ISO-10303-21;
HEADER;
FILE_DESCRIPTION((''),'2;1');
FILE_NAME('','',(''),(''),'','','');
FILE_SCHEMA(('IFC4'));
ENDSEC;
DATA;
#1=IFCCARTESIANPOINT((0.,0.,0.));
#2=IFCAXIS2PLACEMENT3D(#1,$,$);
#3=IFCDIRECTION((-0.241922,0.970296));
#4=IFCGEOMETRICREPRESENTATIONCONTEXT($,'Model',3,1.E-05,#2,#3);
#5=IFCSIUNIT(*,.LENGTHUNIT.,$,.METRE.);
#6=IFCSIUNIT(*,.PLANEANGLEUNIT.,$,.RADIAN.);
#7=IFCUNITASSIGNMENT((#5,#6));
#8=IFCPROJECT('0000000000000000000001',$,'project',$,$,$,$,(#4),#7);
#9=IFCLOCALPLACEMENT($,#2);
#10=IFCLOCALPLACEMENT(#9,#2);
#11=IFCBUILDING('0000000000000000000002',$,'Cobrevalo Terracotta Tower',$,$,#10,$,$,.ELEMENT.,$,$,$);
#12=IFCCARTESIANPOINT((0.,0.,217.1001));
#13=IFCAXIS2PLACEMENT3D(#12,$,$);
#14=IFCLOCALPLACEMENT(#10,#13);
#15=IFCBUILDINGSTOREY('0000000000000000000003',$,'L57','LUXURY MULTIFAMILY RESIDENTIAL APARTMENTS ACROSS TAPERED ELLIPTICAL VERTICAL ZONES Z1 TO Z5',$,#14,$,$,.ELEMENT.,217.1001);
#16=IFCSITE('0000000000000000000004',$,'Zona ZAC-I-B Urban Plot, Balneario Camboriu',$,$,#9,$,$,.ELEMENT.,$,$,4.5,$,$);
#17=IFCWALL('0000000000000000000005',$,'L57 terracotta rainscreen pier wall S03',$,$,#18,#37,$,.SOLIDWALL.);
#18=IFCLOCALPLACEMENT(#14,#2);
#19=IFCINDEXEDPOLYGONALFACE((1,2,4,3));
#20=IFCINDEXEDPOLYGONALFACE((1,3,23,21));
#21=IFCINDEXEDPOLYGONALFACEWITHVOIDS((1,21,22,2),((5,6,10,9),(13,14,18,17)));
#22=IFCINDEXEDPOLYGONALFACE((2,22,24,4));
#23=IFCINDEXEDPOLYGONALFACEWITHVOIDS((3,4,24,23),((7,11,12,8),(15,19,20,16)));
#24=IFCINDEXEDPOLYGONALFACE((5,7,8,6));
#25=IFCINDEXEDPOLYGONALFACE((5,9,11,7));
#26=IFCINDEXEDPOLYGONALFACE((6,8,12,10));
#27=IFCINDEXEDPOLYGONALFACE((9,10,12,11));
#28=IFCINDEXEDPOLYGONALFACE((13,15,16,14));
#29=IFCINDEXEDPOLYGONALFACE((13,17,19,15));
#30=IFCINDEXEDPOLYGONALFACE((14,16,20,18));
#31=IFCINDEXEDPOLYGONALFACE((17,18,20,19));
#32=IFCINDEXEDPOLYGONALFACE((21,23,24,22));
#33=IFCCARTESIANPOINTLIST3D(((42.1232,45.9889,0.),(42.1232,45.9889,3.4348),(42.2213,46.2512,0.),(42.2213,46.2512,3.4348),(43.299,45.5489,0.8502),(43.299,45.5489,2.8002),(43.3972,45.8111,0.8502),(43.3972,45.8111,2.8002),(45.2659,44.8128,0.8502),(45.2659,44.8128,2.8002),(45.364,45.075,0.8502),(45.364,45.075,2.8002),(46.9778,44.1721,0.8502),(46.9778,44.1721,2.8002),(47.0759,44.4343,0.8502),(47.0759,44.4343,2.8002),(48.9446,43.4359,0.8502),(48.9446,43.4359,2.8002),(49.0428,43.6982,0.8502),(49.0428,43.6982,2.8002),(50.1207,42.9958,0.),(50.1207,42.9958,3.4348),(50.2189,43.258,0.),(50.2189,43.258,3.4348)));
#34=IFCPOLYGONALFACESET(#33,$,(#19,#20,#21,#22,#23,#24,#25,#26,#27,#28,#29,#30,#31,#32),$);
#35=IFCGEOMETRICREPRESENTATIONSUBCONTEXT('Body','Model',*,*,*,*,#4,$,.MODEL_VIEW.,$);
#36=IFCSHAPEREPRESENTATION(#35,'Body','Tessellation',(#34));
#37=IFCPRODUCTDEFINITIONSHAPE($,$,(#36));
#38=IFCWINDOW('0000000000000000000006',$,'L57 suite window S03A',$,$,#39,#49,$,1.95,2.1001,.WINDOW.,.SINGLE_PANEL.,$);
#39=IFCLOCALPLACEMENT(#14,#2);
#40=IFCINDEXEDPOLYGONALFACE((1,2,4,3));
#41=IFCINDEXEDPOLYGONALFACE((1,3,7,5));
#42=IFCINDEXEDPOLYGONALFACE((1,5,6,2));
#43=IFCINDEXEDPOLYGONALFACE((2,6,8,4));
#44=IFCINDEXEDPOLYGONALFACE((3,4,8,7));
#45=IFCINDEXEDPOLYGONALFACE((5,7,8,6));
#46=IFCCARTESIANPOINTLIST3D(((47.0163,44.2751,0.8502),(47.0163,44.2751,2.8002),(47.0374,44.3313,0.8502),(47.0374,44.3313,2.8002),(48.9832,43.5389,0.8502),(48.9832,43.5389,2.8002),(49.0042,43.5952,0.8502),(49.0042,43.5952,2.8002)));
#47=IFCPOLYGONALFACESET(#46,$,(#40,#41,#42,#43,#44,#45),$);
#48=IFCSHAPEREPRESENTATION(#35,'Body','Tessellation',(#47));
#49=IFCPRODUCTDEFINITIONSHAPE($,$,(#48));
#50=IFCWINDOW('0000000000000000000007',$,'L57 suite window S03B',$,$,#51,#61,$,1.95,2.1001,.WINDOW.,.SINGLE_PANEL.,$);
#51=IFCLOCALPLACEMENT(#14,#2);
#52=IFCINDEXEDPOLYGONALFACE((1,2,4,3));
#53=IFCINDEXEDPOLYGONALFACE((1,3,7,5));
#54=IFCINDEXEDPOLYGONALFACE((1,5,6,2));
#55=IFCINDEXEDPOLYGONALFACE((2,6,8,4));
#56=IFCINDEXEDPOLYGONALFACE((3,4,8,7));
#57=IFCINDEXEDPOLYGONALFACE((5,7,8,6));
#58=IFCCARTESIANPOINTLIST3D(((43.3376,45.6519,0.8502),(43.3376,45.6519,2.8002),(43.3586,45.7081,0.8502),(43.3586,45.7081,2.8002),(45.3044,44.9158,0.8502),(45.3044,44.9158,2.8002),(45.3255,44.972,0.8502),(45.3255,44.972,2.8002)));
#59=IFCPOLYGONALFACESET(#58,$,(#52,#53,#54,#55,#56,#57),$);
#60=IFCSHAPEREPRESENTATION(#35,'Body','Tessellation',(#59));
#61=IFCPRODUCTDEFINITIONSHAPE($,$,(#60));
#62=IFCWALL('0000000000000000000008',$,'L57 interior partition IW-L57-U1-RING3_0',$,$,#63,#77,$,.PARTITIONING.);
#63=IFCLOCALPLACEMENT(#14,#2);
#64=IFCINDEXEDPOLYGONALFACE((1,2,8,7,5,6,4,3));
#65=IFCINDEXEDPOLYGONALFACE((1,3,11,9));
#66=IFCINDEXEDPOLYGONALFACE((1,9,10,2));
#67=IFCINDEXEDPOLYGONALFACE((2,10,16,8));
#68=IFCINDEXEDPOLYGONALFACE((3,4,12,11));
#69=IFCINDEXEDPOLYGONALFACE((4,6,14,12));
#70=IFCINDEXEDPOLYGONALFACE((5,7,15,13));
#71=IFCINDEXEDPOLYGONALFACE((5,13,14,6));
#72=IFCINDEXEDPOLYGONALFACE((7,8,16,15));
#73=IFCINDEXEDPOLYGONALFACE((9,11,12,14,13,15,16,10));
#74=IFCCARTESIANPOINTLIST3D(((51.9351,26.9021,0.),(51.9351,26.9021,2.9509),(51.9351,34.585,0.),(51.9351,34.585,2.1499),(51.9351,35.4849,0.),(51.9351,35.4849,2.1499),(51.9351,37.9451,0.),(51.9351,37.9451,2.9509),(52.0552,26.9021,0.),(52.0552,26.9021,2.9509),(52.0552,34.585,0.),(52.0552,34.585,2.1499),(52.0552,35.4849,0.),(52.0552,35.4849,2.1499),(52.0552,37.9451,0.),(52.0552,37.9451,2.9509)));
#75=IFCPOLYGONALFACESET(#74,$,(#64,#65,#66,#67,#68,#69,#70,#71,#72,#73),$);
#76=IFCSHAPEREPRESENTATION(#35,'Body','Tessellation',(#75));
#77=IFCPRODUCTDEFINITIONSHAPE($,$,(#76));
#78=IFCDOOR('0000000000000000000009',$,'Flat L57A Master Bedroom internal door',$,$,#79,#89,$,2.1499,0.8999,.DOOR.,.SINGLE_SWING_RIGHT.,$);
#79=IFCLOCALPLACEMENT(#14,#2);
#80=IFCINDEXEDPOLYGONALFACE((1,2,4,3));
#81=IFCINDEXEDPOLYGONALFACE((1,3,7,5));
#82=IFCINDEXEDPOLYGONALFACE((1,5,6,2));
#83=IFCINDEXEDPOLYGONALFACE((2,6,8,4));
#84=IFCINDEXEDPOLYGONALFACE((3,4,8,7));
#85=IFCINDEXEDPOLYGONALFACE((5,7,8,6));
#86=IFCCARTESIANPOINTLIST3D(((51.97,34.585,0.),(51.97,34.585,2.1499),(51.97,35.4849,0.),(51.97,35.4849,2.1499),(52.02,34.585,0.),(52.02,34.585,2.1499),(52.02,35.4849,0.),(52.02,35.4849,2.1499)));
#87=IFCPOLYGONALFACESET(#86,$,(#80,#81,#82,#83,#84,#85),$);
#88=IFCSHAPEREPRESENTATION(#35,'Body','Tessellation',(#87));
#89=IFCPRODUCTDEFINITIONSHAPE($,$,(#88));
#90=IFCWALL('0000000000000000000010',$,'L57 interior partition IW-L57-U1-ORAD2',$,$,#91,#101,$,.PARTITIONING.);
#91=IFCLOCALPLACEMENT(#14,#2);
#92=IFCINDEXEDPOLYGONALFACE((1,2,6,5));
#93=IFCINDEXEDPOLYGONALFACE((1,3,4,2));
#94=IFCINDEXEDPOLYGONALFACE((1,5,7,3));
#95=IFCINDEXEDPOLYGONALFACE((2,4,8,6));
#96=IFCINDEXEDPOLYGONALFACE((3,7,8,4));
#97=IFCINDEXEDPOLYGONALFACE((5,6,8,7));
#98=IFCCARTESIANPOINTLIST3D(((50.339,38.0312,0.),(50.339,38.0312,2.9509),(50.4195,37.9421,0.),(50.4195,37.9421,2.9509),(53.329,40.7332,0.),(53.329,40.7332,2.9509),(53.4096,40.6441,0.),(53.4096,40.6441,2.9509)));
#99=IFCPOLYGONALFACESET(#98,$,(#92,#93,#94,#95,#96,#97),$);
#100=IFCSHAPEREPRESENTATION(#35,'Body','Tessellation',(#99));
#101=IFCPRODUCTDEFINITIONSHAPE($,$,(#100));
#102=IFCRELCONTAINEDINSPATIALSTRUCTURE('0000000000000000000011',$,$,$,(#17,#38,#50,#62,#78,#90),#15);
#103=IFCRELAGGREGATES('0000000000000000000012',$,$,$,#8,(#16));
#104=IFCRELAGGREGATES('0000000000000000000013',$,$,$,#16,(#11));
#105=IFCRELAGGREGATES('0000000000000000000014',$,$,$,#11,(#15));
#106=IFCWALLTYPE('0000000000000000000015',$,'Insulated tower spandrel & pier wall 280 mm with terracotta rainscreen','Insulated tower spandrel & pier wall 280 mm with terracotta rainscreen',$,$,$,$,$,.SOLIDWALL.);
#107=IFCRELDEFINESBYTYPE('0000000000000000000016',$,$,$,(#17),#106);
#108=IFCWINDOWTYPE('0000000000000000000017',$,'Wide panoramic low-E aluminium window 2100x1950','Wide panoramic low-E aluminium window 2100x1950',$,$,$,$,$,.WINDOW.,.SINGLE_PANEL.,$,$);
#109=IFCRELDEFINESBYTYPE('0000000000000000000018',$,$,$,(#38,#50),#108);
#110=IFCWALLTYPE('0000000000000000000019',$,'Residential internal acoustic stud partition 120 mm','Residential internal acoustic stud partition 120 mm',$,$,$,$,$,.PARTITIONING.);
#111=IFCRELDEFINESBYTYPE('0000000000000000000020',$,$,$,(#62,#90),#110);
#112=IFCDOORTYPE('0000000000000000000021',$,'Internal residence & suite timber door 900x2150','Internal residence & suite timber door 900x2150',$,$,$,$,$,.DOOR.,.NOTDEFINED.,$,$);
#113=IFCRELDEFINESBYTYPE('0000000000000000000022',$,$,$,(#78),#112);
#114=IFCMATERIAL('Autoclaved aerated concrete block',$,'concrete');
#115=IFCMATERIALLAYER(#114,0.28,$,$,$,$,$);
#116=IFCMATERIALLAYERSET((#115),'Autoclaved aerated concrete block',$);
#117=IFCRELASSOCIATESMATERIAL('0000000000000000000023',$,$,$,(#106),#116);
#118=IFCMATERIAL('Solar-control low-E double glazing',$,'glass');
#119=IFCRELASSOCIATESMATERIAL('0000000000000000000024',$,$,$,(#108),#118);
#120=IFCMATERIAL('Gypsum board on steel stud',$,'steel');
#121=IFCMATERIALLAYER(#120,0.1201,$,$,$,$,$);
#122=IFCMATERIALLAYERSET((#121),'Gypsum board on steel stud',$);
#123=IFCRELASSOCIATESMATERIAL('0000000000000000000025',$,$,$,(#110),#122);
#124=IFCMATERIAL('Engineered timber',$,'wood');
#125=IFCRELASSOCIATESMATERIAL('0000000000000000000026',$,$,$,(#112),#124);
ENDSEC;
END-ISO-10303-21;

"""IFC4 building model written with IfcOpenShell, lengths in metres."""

from ifc_helpers import new_model, si_unit, direction, frame, frame_2d, origin, place, context, subcontext, project, spatial, rectangle, extrude, source, transform, mapped, material, layer, layer_set, type_object, element, fill, save


model = new_model("IFC4")

# Units and contexts
model_context = context("Model", 3, precision=1e-05, world=origin(), true_north=direction((-0.241922, 0.970296)))
body_context = subcontext(model_context, "Body", "Model", "MODEL_VIEW")
ifc_project = project(units=[si_unit("LENGTHUNIT", "METRE"), si_unit("PLANEANGLEUNIT", "RADIAN")], contexts=[model_context])

# Site, building, storey
site_placement = place(None, origin())
site = spatial("IfcSite", under=ifc_project, at=site_placement, Name="Zona ZAC-I-B Urban Plot, Balneario Camboriu", CompositionType="ELEMENT", RefElevation=4.5)
building_placement = place(site_placement, origin())
building = spatial("IfcBuilding", under=site, at=building_placement, Name="Cobrevalo Terracotta Tower", CompositionType="ELEMENT")
storey_placement = place(building_placement, frame((0.0, 0.0, 217.1001)))
storey = spatial("IfcBuildingStorey", under=building, at=storey_placement, Name="L57", Description="LUXURY MULTIFAMILY RESIDENTIAL APARTMENTS ACROSS TAPERED ELLIPTICAL VERTICAL ZONES Z1 TO Z5", CompositionType="ELEMENT", Elevation=217.1001)

# Shared definitions
ifc_material_1 = material(Name="Solar-control low-E double glazing", Category="glass")

# Wall, openings, windows
ifc_material_2 = material(Name="Autoclaved aerated concrete block", Category="concrete")
ifc_layer_1 = layer(ifc_material_2, 0.28)
ifc_layer_set_1 = layer_set([ifc_layer_1], Name="Autoclaved aerated concrete block")
wall_type_1 = type_object("IfcWallType", Name="Insulated tower spandrel & pier wall 280 mm with terracotta rainscreen", Description="Insulated tower spandrel & pier wall 280 mm with terracotta rainscreen", PredefinedType="SOLIDWALL", material=ifc_layer_set_1)
wall_1_placement = place(storey_placement, frame((50.1697, 43.127, 0.0), z_axis=(0.0, 0.0, 1.0), x_axis=(-0.936557, 0.350516, 0.0)))
wall_1 = element("IfcWall", 1, at=wall_1_placement, inside=storey, type_object=wall_type_1, Name="L57 terracotta rainscreen pier wall S03", PredefinedType="SOLIDWALL", context=body_context, shape_type="SweptSolid", body=[
    extrude(rectangle(XDim=8.5393, YDim=0.28, at=frame_2d((4.2695, 0.0))), origin(), (0.0, 0.0, 1.0), 3.4348),
])
opening_1_placement = place(wall_1_placement, frame((1.2556, 0.0, 0.8501)))
opening_1 = element("IfcOpeningElement", 2, at=opening_1_placement, cuts=wall_1, PredefinedType="OPENING", context=body_context, shape_type="SweptSolid", body=[
    extrude(rectangle(XDim=2.1001, YDim=1.95, at=frame_2d((1.05, 0.9751))), frame((0.0, 0.1499, 0.0), z_axis=(0.0, -1.0, 0.0), x_axis=(1.0, 0.0, 0.0)), (0.0, 0.0, 1.0), 0.3),
])
opening_2_placement = place(wall_1_placement, frame((5.1836, 0.0, 0.8501)))
opening_2 = element("IfcOpeningElement", 3, at=opening_2_placement, cuts=wall_1, PredefinedType="OPENING", context=body_context, shape_type="SweptSolid", body=[
    extrude(rectangle(XDim=2.1001, YDim=1.95, at=frame_2d((1.05, 0.9751))), frame((0.0, 0.1499, 0.0), z_axis=(0.0, -1.0, 0.0), x_axis=(1.0, 0.0, 0.0)), (0.0, 0.0, 1.0), 0.3),
])
window_type = type_object("IfcWindowType", Name="Wide panoramic low-E aluminium window 2100x1950", Description="Wide panoramic low-E aluminium window 2100x1950", PartitioningType="SINGLE_PANEL", PredefinedType="WINDOW", material=ifc_material_1)
shared_shape_1 = source(origin(), body_context, "Body", "SweptSolid", [
    extrude(rectangle(XDim=2.1001, YDim=1.95, at=frame_2d((1.05, 0.9751))), frame((0.0, 0.03, 0.0), z_axis=(0.0, -1.0, 0.0), x_axis=(1.0, 0.0, 0.0)), (0.0, 0.0, 1.0), 0.0601),
])
window_1_placement = place(opening_1_placement, origin())
window_1 = element("IfcWindow", 4, at=window_1_placement, inside=storey, type_object=window_type, Name="L57 suite window S03A", OverallHeight=1.95, OverallWidth=2.1001, PartitioningType="SINGLE_PANEL", PredefinedType="WINDOW", context=body_context, shape_type="MappedRepresentation", body=[
    mapped(shared_shape_1, transform((0.0, 0.0, 0.0), scale=1.0)),
])
fill(opening_1, window_1)
window_2_placement = place(opening_2_placement, origin())
window_2 = element("IfcWindow", 5, at=window_2_placement, inside=storey, type_object=window_type, Name="L57 suite window S03B", OverallHeight=1.95, OverallWidth=2.1001, PartitioningType="SINGLE_PANEL", PredefinedType="WINDOW", context=body_context, shape_type="MappedRepresentation", body=[
    mapped(shared_shape_1, transform((0.0, 0.0, 0.0), scale=1.0)),
])
fill(opening_2, window_2)

# Wall, opening, door
ifc_material_3 = material(Name="Gypsum board on steel stud", Category="steel")
ifc_layer_2 = layer(ifc_material_3, 0.1201)
ifc_layer_set_2 = layer_set([ifc_layer_2], Name="Gypsum board on steel stud")
wall_type_2 = type_object("IfcWallType", Name="Residential internal acoustic stud partition 120 mm", Description="Residential internal acoustic stud partition 120 mm", PredefinedType="PARTITIONING", material=ifc_layer_set_2)
wall_2_placement = place(storey_placement, frame((51.9951, 37.9451, 0.0), z_axis=(0.0, 0.0, 1.0), x_axis=(0.0, -1.0, 0.0)))
wall_2 = element("IfcWall", 6, at=wall_2_placement, inside=storey, type_object=wall_type_2, Name="L57 interior partition IW-L57-U1-RING3_0", PredefinedType="PARTITIONING", context=body_context, shape_type="SweptSolid", body=[
    extrude(rectangle(XDim=11.043, YDim=0.1201, at=frame_2d((5.5215, 0.0))), origin(), (0.0, 0.0, 1.0), 2.9509),
])
opening_3_placement = place(wall_2_placement, frame((2.4602, 0.0, 0.0)))
opening_3 = element("IfcOpeningElement", 7, at=opening_3_placement, cuts=wall_2, PredefinedType="OPENING", context=body_context, shape_type="SweptSolid", body=[
    extrude(rectangle(XDim=0.8999, YDim=2.1499, at=frame_2d((0.45, 1.075))), frame((0.0, 0.0701, 0.0), z_axis=(0.0, -1.0, 0.0), x_axis=(1.0, 0.0, 0.0)), (0.0, 0.0, 1.0), 0.1401),
])
ifc_material_4 = material(Name="Engineered timber", Category="wood")
door_type = type_object("IfcDoorType", Name="Internal residence & suite timber door 900x2150", Description="Internal residence & suite timber door 900x2150", OperationType="NOTDEFINED", PredefinedType="DOOR", material=ifc_material_4)
shared_shape_2 = source(origin(), body_context, "Body", "SweptSolid", [
    extrude(rectangle(XDim=0.8999, YDim=2.1499, at=frame_2d((0.45, 1.075))), frame((0.0, 0.0249, 0.0), z_axis=(0.0, -1.0, 0.0), x_axis=(1.0, 0.0, 0.0)), (0.0, 0.0, 1.0), 0.05),
])
door_placement = place(opening_3_placement, origin())
door = element("IfcDoor", 8, at=door_placement, inside=storey, type_object=door_type, Name="Flat L57A Master Bedroom internal door", OperationType="SINGLE_SWING_RIGHT", OverallHeight=2.1499, OverallWidth=0.8999, PredefinedType="DOOR", context=body_context, shape_type="MappedRepresentation", body=[
    mapped(shared_shape_2, transform((0.0, 0.0, 0.0), scale=1.0)),
])
fill(opening_3, door)

# Wall
wall_3_placement = place(storey_placement, frame((50.3792, 37.9866, 0.0), z_axis=(0.0, 0.0, 1.0), x_axis=(0.741946, 0.67046, 0.0)))
element("IfcWall", 9, at=wall_3_placement, inside=storey, type_object=wall_type_2, Name="L57 interior partition IW-L57-U1-ORAD2", PredefinedType="PARTITIONING", context=body_context, shape_type="SweptSolid", body=[
    extrude(rectangle(XDim=4.03, YDim=0.1201, at=frame_2d((2.0151, 0.0))), origin(), (0.0, 0.0, 1.0), 2.9509),
])

save(model, "model.ifc")
